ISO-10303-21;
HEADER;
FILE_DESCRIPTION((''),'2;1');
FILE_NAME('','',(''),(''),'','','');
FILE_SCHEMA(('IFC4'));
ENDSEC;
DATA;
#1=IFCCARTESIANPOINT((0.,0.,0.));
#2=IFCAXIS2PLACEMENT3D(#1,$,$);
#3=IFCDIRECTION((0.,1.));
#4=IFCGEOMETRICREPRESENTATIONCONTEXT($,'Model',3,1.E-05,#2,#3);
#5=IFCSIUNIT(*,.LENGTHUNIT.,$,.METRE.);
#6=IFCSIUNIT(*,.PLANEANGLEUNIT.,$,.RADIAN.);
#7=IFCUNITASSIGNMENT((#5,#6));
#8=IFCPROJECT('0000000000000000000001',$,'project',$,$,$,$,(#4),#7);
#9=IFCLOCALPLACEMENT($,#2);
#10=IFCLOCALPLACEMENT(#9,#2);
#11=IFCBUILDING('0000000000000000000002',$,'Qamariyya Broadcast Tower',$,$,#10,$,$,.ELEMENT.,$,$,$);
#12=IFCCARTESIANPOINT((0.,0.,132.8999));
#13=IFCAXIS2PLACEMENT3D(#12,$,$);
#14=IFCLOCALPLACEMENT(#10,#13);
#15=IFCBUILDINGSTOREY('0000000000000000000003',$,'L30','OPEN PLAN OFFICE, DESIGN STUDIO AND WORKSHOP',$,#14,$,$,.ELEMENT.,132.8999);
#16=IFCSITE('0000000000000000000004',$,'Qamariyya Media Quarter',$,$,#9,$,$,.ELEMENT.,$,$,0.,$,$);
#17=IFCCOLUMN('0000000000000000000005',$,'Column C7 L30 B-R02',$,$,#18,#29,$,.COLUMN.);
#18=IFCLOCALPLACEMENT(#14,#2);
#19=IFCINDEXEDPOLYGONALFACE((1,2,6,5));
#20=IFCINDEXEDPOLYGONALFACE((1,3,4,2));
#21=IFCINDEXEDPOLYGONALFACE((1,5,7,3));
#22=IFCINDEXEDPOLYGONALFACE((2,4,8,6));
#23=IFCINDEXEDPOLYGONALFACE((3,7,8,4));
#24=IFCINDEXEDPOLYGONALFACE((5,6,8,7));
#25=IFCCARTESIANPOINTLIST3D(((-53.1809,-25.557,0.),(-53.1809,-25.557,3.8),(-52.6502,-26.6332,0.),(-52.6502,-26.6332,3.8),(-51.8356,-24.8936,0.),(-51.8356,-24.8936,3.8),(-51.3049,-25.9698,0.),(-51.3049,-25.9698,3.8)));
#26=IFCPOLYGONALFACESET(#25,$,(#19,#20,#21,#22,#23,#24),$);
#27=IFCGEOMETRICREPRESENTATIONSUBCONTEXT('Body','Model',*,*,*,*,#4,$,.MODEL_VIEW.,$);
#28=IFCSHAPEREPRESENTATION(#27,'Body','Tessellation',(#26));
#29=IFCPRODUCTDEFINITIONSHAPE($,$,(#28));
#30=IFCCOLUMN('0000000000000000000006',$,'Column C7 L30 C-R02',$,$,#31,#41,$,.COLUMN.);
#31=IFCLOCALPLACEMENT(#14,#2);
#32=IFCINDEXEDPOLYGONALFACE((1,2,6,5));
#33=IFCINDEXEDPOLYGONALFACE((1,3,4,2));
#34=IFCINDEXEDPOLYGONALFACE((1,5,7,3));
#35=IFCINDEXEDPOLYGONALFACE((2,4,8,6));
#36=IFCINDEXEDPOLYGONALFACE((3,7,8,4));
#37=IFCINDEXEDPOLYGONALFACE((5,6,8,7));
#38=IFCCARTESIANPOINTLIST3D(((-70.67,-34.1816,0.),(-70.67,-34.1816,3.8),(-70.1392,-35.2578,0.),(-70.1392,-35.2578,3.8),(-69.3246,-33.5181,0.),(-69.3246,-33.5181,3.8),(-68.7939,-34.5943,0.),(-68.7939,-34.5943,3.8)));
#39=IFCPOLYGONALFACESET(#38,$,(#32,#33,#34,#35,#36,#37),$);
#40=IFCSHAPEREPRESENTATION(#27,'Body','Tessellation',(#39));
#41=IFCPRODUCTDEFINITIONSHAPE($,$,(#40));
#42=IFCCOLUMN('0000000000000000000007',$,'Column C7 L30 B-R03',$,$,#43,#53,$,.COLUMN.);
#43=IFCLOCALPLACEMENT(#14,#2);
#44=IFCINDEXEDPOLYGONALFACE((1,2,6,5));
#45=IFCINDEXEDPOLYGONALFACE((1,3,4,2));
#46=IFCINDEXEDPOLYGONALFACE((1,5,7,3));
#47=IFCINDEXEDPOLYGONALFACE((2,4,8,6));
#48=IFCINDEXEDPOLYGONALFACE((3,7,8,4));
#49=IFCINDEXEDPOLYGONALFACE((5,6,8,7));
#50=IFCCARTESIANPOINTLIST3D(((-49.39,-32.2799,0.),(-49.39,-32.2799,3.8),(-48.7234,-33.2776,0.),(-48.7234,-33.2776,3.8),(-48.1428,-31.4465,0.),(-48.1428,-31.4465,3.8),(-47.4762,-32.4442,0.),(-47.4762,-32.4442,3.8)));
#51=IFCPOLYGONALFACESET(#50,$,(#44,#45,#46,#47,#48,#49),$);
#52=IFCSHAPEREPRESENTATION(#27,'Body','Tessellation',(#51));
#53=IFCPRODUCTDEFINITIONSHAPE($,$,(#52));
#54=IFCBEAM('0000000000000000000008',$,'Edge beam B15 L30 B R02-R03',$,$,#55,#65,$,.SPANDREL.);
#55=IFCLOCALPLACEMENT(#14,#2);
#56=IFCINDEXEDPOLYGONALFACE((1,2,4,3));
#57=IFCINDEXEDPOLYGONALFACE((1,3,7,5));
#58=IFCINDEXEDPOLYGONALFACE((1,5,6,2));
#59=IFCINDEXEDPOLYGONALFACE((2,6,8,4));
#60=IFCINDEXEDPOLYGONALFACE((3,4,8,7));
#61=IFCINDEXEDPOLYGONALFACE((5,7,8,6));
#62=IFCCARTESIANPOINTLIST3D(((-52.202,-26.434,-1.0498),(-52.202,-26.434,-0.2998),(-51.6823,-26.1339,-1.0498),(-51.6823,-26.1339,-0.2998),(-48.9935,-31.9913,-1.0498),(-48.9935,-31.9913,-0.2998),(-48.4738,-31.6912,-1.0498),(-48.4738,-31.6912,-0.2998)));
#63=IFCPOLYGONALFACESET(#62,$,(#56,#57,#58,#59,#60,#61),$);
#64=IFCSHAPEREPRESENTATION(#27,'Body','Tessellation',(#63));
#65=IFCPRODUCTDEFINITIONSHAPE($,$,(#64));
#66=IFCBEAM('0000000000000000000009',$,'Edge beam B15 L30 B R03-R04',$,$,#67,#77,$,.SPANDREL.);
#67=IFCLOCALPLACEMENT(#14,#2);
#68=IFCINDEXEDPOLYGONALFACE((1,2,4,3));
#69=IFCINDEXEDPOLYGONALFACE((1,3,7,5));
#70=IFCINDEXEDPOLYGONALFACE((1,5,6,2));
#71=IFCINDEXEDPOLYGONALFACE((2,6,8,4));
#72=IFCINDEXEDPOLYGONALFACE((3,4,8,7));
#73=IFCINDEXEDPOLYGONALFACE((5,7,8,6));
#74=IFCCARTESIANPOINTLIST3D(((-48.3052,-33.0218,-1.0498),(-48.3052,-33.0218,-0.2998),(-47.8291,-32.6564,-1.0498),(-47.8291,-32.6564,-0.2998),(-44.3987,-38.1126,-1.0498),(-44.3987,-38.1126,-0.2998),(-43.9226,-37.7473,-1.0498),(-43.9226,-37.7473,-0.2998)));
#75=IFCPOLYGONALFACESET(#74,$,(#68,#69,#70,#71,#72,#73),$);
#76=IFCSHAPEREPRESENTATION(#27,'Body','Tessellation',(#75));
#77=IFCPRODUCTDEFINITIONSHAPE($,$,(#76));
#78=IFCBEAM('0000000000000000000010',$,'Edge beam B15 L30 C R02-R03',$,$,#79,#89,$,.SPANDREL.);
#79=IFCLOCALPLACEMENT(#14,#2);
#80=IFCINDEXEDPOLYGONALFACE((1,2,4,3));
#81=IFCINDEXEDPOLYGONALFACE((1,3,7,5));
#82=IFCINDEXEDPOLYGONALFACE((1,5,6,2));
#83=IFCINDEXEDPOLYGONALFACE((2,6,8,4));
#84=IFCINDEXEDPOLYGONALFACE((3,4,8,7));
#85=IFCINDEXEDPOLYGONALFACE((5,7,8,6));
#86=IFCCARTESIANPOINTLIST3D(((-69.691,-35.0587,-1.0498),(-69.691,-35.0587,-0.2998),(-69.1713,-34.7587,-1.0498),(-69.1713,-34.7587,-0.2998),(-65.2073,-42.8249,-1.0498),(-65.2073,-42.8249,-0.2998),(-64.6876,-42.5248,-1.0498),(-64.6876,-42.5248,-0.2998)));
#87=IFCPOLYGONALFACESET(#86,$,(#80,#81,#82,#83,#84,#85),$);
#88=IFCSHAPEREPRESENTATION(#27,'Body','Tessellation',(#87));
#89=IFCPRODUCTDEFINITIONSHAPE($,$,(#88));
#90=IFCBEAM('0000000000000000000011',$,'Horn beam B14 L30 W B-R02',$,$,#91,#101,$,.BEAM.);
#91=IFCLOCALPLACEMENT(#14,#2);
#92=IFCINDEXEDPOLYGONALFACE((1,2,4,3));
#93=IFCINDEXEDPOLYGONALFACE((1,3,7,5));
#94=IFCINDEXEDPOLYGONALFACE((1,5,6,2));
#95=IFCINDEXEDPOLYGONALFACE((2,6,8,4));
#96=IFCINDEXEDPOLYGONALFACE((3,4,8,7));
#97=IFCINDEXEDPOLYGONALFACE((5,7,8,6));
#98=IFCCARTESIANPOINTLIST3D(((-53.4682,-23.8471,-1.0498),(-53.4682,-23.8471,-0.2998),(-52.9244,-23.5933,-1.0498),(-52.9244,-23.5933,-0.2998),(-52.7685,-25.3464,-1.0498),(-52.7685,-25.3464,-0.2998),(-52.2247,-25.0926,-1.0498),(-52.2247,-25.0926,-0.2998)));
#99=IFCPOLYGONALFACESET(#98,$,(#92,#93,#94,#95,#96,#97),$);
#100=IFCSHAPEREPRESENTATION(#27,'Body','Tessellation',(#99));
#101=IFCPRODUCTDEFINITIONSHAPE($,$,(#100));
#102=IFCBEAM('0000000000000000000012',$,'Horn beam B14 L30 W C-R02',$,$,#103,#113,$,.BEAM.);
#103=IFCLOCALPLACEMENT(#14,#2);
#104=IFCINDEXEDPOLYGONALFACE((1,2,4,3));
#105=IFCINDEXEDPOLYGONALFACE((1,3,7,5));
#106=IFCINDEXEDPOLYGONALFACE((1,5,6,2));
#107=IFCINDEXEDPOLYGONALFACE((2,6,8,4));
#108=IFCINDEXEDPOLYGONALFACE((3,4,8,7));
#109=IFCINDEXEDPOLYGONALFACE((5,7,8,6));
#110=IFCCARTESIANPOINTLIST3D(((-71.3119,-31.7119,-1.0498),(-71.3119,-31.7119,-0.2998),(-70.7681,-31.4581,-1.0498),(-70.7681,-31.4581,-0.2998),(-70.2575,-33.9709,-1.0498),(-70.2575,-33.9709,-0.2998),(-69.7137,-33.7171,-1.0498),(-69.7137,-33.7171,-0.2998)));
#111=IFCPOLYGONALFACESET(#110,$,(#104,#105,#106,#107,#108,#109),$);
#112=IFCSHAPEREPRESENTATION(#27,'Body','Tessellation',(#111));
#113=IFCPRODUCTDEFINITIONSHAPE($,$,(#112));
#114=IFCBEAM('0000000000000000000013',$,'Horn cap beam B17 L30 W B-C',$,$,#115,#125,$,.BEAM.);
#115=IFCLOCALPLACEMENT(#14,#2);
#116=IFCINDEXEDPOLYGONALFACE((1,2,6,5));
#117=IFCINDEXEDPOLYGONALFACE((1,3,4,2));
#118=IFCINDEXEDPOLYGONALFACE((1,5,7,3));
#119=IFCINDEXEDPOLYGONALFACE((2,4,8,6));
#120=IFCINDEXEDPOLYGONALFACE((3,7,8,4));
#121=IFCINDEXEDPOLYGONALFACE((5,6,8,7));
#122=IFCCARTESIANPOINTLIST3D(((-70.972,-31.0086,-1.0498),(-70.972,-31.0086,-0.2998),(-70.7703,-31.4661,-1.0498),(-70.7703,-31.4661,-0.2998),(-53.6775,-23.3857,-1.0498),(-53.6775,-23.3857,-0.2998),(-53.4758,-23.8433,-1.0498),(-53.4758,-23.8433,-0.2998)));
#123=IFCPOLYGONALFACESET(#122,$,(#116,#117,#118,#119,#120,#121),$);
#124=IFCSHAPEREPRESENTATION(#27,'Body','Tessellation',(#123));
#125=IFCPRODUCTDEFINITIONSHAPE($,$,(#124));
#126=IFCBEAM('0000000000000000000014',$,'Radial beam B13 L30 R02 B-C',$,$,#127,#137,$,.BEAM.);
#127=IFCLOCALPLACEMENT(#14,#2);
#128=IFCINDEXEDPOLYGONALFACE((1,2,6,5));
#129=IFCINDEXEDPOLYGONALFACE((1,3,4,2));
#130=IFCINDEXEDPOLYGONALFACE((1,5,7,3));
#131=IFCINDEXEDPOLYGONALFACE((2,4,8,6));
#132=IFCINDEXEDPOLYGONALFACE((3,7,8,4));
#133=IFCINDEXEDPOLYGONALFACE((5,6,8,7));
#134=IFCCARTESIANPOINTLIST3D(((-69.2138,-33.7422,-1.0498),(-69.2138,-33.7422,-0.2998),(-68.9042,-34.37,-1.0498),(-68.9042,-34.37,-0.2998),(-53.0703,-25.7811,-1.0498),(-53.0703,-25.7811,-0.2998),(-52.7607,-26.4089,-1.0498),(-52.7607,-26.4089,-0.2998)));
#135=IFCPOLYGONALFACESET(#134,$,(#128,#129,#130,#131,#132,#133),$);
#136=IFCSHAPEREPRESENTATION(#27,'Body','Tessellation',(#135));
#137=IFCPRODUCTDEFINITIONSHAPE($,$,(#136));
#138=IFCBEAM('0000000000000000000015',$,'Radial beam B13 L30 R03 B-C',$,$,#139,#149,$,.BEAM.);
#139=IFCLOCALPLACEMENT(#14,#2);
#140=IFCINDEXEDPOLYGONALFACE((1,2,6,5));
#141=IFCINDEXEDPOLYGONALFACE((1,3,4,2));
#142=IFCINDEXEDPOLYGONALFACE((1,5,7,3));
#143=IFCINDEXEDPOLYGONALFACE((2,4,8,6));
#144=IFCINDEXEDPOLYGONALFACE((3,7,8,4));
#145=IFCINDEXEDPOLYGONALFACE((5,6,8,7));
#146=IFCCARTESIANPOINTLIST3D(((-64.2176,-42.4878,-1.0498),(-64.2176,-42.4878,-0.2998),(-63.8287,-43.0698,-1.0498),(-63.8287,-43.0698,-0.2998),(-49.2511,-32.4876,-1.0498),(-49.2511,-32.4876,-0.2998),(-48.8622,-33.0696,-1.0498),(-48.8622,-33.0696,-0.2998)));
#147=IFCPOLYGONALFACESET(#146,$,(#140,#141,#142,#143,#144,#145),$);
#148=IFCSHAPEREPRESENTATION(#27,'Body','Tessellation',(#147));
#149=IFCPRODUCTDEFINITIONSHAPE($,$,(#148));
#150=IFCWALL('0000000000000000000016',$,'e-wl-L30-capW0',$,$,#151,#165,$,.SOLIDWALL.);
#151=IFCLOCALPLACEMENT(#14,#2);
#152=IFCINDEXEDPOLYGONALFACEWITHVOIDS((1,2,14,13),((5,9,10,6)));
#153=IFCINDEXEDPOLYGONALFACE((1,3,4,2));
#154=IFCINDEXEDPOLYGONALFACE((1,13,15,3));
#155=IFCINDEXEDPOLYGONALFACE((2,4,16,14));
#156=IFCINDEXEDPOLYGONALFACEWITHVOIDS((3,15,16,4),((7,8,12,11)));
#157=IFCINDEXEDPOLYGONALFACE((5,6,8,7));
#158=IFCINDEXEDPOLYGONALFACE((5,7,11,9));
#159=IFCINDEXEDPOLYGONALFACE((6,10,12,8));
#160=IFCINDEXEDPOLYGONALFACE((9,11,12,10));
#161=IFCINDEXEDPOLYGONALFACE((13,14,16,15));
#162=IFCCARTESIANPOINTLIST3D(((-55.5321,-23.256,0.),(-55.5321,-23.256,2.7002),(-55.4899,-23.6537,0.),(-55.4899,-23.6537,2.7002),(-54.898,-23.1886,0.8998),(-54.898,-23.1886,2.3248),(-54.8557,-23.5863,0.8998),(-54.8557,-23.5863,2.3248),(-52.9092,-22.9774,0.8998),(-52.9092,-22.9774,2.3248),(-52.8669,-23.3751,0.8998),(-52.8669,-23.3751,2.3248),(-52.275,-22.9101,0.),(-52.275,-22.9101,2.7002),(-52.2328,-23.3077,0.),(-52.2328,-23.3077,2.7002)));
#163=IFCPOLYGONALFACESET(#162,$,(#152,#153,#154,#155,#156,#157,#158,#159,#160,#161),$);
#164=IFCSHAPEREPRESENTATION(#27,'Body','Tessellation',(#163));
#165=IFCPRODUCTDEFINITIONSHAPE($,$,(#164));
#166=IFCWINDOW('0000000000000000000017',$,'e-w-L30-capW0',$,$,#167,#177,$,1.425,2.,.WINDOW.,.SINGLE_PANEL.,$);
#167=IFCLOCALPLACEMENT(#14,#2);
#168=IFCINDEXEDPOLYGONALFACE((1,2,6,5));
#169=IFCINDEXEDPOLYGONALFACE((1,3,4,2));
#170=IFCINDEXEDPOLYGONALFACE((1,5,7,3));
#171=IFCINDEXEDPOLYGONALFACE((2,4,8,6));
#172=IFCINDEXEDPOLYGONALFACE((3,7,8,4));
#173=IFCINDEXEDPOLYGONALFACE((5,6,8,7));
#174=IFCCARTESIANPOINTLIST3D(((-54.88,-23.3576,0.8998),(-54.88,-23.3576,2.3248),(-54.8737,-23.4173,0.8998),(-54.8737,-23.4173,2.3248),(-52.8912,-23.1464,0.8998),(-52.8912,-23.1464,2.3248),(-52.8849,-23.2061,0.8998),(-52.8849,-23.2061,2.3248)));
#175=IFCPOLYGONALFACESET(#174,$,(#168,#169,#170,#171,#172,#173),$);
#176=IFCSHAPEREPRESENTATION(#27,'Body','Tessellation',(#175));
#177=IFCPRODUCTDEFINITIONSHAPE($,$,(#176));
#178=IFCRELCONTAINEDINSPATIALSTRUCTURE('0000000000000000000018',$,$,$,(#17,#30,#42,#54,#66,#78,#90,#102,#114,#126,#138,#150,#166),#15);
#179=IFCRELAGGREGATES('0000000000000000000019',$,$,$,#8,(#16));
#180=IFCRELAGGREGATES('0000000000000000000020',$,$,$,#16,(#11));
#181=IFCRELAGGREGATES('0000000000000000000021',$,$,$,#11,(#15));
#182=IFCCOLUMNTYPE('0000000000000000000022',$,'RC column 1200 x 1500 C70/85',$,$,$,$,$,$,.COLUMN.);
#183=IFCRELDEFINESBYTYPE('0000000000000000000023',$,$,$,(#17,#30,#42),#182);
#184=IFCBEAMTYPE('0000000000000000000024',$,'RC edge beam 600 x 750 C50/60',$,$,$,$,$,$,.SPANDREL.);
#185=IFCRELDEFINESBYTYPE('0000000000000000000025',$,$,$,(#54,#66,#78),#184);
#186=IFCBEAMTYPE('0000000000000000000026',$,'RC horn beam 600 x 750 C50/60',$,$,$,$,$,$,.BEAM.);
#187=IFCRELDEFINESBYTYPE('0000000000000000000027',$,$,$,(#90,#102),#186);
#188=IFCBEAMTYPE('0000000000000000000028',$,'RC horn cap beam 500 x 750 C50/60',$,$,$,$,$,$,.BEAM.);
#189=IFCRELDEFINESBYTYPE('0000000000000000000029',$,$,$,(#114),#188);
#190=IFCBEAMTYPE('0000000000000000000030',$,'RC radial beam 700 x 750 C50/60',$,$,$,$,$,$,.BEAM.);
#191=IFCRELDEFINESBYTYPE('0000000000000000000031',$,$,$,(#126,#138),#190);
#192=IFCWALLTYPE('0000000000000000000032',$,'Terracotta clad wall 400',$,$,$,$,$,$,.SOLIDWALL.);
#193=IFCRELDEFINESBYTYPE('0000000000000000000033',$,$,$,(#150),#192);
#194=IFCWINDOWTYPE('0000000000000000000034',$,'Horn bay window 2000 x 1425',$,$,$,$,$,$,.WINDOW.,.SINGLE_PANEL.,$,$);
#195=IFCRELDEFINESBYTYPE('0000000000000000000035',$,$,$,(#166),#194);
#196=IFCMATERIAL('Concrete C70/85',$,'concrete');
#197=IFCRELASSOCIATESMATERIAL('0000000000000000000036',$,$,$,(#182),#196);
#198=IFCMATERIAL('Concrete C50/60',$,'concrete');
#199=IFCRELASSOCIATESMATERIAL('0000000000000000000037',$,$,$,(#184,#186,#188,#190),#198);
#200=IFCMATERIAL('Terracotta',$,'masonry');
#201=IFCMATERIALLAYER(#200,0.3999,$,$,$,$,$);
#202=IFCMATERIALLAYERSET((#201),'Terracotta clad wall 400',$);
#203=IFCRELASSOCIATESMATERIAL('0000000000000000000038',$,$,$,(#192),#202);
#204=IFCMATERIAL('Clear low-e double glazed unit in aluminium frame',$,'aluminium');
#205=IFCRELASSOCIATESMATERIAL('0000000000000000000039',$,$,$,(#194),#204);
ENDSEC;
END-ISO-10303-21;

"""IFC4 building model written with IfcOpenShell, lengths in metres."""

from ifc_helpers import new_model, si_unit, direction, frame, frame_2d, origin, origin_2d, place, context, subcontext, project, spatial, rectangle, extrude, material, layer, layer_set, material_profile, profile_set, type_object, element, fill, save


model = new_model("IFC4")

# Units and contexts
model_context = context("Model", 3, precision=1e-05, world=origin(), true_north=direction((0.0, 1.0)))
body_context = subcontext(model_context, "Body", "Model", "MODEL_VIEW")
ifc_project = project(units=[si_unit("LENGTHUNIT", "METRE"), si_unit("PLANEANGLEUNIT", "RADIAN")], contexts=[model_context])

# Site, building, storey
site_placement = place(None, origin())
site = spatial("IfcSite", under=ifc_project, at=site_placement, Name="Qamariyya Media Quarter", CompositionType="ELEMENT", RefElevation=0.0)
building_placement = place(site_placement, origin())
building = spatial("IfcBuilding", under=site, at=building_placement, Name="Qamariyya Broadcast Tower", CompositionType="ELEMENT")
storey_placement = place(building_placement, frame((0.0, 0.0, 132.8999)))
storey = spatial("IfcBuildingStorey", under=building, at=storey_placement, Name="L30", Description="OPEN PLAN OFFICE, DESIGN STUDIO AND WORKSHOP", CompositionType="ELEMENT", Elevation=132.8999)

# Columns
ifc_material_1 = material(Name="Concrete C70/85", Category="concrete")
ifc_material_profile_1 = material_profile(ifc_material_1, rectangle(XDim=1.2, YDim=1.5, at=origin_2d()))
ifc_profile_set_1 = profile_set([ifc_material_profile_1], Name="Concrete C70/85")
column_type = type_object("IfcColumnType", Name="RC column 1200 x 1500 C70/85", PredefinedType="COLUMN", material=ifc_profile_set_1)
for number, where, z_axis, x_axis, name in (
    (1, (-52.2429, -25.7634, 0.0), (0.0, 0.0, 1.0), (0.442289, -0.896873, 0.0), "Column C7 L30 B-R02"),
    (2, (-69.7319, -34.3879, 0.0), (0.0, 0.0, 1.0), (0.442289, -0.896873, 0.0), "Column C7 L30 C-R02"),
    (3, (-48.4331, -32.3621, 0.0), (0.0, 0.0, 1.0), (0.55557, -0.83147, 0.0), "Column C7 L30 B-R03"),
):
    element("IfcColumn", number, at=place(storey_placement, frame(where, z_axis=z_axis, x_axis=x_axis)), inside=storey, type_object=column_type, Name=name, PredefinedType="COLUMN", context=body_context, shape_type="SweptSolid", body=[
        extrude(rectangle(XDim=1.2, YDim=1.5, at=origin_2d()), origin(), (0.0, 0.0, 1.0), 3.8),
    ])

# Beams
ifc_material_2 = material(Name="Concrete C50/60", Category="concrete")
ifc_material_profile_2 = material_profile(ifc_material_2, rectangle(XDim=0.6001, YDim=0.75, at=origin_2d()))
ifc_profile_set_2 = profile_set([ifc_material_profile_2], Name="Concrete C50/60")
beam_type_1 = type_object("IfcBeamType", Name="RC edge beam 600 x 750 C50/60", PredefinedType="SPANDREL", material=ifc_profile_set_2)
for number, where, z_axis, x_axis, name in (
    (4, (-51.9421, -26.2839, -0.6748), (0.499994, -0.866029, 0.0), (0.866029, 0.499994, 0.0), "Edge beam B15 L30 B R02-R03"),
    (5, (-48.0671, -32.8391, -0.6748), (0.608778, -0.793341, 0.0), (0.793341, 0.608778, 0.0), "Edge beam B15 L30 B R03-R04"),
):
    element("IfcBeam", number, at=place(storey_placement, frame(where, z_axis=z_axis, x_axis=x_axis)), inside=storey, type_object=beam_type_1, Name=name, PredefinedType="SPANDREL", context=body_context, shape_type="SweptSolid", body=[
        extrude(rectangle(XDim=0.6001, YDim=0.75, at=origin_2d()), origin(), (0.0, 0.0, 1.0), 6.417),
    ])
beam_1_placement = place(storey_placement, frame((-69.4312, -34.9087, -0.6748), z_axis=(0.49999, -0.866031, 0.0), x_axis=(0.866031, 0.49999, 0.0)))
element("IfcBeam", 6, at=beam_1_placement, inside=storey, type_object=beam_type_1, Name="Edge beam B15 L30 C R02-R03", PredefinedType="SPANDREL", context=body_context, shape_type="SweptSolid", body=[
    extrude(rectangle(XDim=0.6001, YDim=0.75, at=origin_2d()), origin(), (0.0, 0.0, 1.0), 8.9675),
])
ifc_material_profile_3 = material_profile(ifc_material_2, rectangle(XDim=0.6001, YDim=0.75, at=origin_2d()))
ifc_profile_set_3 = profile_set([ifc_material_profile_3], Name="Concrete C50/60")
beam_type_2 = type_object("IfcBeamType", Name="RC horn beam 600 x 750 C50/60", PredefinedType="BEAM", material=ifc_profile_set_3)
beam_2_placement = place(storey_placement, frame((-52.4966, -25.2195, -0.6748), z_axis=(-0.42291, 0.906172, 0.0), x_axis=(-0.906172, -0.42291, 0.0)))
element("IfcBeam", 7, at=beam_2_placement, inside=storey, type_object=beam_type_2, Name="Horn beam B14 L30 W B-R02", PredefinedType="BEAM", context=body_context, shape_type="SweptSolid", body=[
    extrude(rectangle(XDim=0.6001, YDim=0.75, at=origin_2d()), origin(), (0.0, 0.0, 1.0), 1.6545),
])
beam_3_placement = place(storey_placement, frame((-69.9856, -33.844, -0.6748), z_axis=(-0.422961, 0.906148, 0.0), x_axis=(-0.906148, -0.422961, 0.0)))
element("IfcBeam", 8, at=beam_3_placement, inside=storey, type_object=beam_type_2, Name="Horn beam B14 L30 W C-R02", PredefinedType="BEAM", context=body_context, shape_type="SweptSolid", body=[
    extrude(rectangle(XDim=0.6001, YDim=0.75, at=origin_2d()), origin(), (0.0, 0.0, 1.0), 2.4929),
])
ifc_material_profile_4 = material_profile(ifc_material_2, rectangle(XDim=0.5, YDim=0.75, at=origin_2d()))
ifc_profile_set_4 = profile_set([ifc_material_profile_4], Name="Concrete C50/60")
beam_type_3 = type_object("IfcBeamType", Name="RC horn cap beam 500 x 750 C50/60", PredefinedType="BEAM", material=ifc_profile_set_4)
beam_4_placement = place(storey_placement, frame((-53.5767, -23.6145, -0.6748), z_axis=(-0.915056, -0.403326, 0.0), x_axis=(0.403326, -0.915056, 0.0)))
element("IfcBeam", 9, at=beam_4_placement, inside=storey, type_object=beam_type_3, Name="Horn cap beam B17 L30 W B-C", PredefinedType="BEAM", context=body_context, shape_type="SweptSolid", body=[
    extrude(rectangle(XDim=0.5, YDim=0.75, at=origin_2d()), origin(), (0.0, 0.0, 1.0), 18.8999),
])
ifc_material_profile_5 = material_profile(ifc_material_2, rectangle(XDim=0.7, YDim=0.75, at=origin_2d()))
ifc_profile_set_5 = profile_set([ifc_material_profile_5], Name="Concrete C50/60")
beam_type_4 = type_object("IfcBeamType", Name="RC radial beam 700 x 750 C50/60", PredefinedType="BEAM", material=ifc_profile_set_5)
beam_5_placement = place(storey_placement, frame((-52.9155, -26.095, -0.6748), z_axis=(-0.896871, -0.442291, 0.0), x_axis=(0.442291, -0.896871, 0.0)))
element("IfcBeam", 10, at=beam_5_placement, inside=storey, type_object=beam_type_4, Name="Radial beam B13 L30 R02 B-C", PredefinedType="BEAM", context=body_context, shape_type="SweptSolid", body=[
    extrude(rectangle(XDim=0.7, YDim=0.75, at=origin_2d()), origin(), (0.0, 0.0, 1.0), 17.9998),
])
beam_6_placement = place(storey_placement, frame((-49.0566, -32.7786, -0.6748), z_axis=(-0.831472, -0.555567, 0.0), x_axis=(0.555567, -0.831472, 0.0)))
element("IfcBeam", 11, at=beam_6_placement, inside=storey, type_object=beam_type_4, Name="Radial beam B13 L30 R03 B-C", PredefinedType="BEAM", context=body_context, shape_type="SweptSolid", body=[
    extrude(rectangle(XDim=0.7, YDim=0.75, at=origin_2d()), origin(), (0.0, 0.0, 1.0), 18.0),
])

# Wall, opening, window
ifc_material_3 = material(Name="Terracotta", Category="masonry")
ifc_layer = layer(ifc_material_3, 0.3999)
ifc_layer_set = layer_set([ifc_layer], Name="Terracotta clad wall 400")
wall_type = type_object("IfcWallType", Name="Terracotta clad wall 400", PredefinedType="SOLIDWALL", material=ifc_layer_set)
wall_1_placement = place(storey_placement, frame((-52.2539, -23.1089, 0.0), z_axis=(0.0, 0.0, 1.0), x_axis=(-0.994407, -0.10562, 0.0)))
wall_1 = element("IfcWall", 12, at=wall_1_placement, inside=storey, type_object=wall_type, Name="e-wl-L30-capW0", PredefinedType="SOLIDWALL", context=body_context, shape_type="SweptSolid", body=[
    extrude(rectangle(XDim=3.2754, YDim=0.3999, at=frame_2d((1.6377, 0.0))), origin(), (0.0, 0.0, 1.0), 2.7002),
])
opening_1_placement = place(wall_1_placement, frame((0.6377, 0.0, 0.8999)))
opening_1 = element("IfcOpeningElement", 13, at=opening_1_placement, cuts=wall_1, PredefinedType="OPENING", context=body_context, shape_type="SweptSolid", body=[
    extrude(rectangle(XDim=2.0, YDim=1.425, at=frame_2d((1.0, 0.7124))), frame((0.0, 0.21, 0.0), z_axis=(0.0, -1.0, 0.0), x_axis=(1.0, 0.0, 0.0)), (0.0, 0.0, 1.0), 0.4199),
])
ifc_material_4 = material(Name="Clear low-e double glazed unit in aluminium frame", Category="aluminium")
window_type = type_object("IfcWindowType", Name="Horn bay window 2000 x 1425", PartitioningType="SINGLE_PANEL", PredefinedType="WINDOW", material=ifc_material_4)
window_1_placement = place(opening_1_placement, origin())
window_1 = element("IfcWindow", 14, at=window_1_placement, inside=storey, type_object=window_type, Name="e-w-L30-capW0", OverallHeight=1.425, OverallWidth=2.0, PartitioningType="SINGLE_PANEL", PredefinedType="WINDOW", context=body_context, shape_type="SweptSolid", body=[
    extrude(rectangle(XDim=2.0, YDim=1.425, at=frame_2d((1.0, 0.7124))), frame((0.0, 0.03, 0.0), z_axis=(0.0, -1.0, 0.0), x_axis=(1.0, 0.0, 0.0)), (0.0, 0.0, 1.0), 0.0601),
])
fill(opening_1, window_1)

save(model, "model.ifc")
